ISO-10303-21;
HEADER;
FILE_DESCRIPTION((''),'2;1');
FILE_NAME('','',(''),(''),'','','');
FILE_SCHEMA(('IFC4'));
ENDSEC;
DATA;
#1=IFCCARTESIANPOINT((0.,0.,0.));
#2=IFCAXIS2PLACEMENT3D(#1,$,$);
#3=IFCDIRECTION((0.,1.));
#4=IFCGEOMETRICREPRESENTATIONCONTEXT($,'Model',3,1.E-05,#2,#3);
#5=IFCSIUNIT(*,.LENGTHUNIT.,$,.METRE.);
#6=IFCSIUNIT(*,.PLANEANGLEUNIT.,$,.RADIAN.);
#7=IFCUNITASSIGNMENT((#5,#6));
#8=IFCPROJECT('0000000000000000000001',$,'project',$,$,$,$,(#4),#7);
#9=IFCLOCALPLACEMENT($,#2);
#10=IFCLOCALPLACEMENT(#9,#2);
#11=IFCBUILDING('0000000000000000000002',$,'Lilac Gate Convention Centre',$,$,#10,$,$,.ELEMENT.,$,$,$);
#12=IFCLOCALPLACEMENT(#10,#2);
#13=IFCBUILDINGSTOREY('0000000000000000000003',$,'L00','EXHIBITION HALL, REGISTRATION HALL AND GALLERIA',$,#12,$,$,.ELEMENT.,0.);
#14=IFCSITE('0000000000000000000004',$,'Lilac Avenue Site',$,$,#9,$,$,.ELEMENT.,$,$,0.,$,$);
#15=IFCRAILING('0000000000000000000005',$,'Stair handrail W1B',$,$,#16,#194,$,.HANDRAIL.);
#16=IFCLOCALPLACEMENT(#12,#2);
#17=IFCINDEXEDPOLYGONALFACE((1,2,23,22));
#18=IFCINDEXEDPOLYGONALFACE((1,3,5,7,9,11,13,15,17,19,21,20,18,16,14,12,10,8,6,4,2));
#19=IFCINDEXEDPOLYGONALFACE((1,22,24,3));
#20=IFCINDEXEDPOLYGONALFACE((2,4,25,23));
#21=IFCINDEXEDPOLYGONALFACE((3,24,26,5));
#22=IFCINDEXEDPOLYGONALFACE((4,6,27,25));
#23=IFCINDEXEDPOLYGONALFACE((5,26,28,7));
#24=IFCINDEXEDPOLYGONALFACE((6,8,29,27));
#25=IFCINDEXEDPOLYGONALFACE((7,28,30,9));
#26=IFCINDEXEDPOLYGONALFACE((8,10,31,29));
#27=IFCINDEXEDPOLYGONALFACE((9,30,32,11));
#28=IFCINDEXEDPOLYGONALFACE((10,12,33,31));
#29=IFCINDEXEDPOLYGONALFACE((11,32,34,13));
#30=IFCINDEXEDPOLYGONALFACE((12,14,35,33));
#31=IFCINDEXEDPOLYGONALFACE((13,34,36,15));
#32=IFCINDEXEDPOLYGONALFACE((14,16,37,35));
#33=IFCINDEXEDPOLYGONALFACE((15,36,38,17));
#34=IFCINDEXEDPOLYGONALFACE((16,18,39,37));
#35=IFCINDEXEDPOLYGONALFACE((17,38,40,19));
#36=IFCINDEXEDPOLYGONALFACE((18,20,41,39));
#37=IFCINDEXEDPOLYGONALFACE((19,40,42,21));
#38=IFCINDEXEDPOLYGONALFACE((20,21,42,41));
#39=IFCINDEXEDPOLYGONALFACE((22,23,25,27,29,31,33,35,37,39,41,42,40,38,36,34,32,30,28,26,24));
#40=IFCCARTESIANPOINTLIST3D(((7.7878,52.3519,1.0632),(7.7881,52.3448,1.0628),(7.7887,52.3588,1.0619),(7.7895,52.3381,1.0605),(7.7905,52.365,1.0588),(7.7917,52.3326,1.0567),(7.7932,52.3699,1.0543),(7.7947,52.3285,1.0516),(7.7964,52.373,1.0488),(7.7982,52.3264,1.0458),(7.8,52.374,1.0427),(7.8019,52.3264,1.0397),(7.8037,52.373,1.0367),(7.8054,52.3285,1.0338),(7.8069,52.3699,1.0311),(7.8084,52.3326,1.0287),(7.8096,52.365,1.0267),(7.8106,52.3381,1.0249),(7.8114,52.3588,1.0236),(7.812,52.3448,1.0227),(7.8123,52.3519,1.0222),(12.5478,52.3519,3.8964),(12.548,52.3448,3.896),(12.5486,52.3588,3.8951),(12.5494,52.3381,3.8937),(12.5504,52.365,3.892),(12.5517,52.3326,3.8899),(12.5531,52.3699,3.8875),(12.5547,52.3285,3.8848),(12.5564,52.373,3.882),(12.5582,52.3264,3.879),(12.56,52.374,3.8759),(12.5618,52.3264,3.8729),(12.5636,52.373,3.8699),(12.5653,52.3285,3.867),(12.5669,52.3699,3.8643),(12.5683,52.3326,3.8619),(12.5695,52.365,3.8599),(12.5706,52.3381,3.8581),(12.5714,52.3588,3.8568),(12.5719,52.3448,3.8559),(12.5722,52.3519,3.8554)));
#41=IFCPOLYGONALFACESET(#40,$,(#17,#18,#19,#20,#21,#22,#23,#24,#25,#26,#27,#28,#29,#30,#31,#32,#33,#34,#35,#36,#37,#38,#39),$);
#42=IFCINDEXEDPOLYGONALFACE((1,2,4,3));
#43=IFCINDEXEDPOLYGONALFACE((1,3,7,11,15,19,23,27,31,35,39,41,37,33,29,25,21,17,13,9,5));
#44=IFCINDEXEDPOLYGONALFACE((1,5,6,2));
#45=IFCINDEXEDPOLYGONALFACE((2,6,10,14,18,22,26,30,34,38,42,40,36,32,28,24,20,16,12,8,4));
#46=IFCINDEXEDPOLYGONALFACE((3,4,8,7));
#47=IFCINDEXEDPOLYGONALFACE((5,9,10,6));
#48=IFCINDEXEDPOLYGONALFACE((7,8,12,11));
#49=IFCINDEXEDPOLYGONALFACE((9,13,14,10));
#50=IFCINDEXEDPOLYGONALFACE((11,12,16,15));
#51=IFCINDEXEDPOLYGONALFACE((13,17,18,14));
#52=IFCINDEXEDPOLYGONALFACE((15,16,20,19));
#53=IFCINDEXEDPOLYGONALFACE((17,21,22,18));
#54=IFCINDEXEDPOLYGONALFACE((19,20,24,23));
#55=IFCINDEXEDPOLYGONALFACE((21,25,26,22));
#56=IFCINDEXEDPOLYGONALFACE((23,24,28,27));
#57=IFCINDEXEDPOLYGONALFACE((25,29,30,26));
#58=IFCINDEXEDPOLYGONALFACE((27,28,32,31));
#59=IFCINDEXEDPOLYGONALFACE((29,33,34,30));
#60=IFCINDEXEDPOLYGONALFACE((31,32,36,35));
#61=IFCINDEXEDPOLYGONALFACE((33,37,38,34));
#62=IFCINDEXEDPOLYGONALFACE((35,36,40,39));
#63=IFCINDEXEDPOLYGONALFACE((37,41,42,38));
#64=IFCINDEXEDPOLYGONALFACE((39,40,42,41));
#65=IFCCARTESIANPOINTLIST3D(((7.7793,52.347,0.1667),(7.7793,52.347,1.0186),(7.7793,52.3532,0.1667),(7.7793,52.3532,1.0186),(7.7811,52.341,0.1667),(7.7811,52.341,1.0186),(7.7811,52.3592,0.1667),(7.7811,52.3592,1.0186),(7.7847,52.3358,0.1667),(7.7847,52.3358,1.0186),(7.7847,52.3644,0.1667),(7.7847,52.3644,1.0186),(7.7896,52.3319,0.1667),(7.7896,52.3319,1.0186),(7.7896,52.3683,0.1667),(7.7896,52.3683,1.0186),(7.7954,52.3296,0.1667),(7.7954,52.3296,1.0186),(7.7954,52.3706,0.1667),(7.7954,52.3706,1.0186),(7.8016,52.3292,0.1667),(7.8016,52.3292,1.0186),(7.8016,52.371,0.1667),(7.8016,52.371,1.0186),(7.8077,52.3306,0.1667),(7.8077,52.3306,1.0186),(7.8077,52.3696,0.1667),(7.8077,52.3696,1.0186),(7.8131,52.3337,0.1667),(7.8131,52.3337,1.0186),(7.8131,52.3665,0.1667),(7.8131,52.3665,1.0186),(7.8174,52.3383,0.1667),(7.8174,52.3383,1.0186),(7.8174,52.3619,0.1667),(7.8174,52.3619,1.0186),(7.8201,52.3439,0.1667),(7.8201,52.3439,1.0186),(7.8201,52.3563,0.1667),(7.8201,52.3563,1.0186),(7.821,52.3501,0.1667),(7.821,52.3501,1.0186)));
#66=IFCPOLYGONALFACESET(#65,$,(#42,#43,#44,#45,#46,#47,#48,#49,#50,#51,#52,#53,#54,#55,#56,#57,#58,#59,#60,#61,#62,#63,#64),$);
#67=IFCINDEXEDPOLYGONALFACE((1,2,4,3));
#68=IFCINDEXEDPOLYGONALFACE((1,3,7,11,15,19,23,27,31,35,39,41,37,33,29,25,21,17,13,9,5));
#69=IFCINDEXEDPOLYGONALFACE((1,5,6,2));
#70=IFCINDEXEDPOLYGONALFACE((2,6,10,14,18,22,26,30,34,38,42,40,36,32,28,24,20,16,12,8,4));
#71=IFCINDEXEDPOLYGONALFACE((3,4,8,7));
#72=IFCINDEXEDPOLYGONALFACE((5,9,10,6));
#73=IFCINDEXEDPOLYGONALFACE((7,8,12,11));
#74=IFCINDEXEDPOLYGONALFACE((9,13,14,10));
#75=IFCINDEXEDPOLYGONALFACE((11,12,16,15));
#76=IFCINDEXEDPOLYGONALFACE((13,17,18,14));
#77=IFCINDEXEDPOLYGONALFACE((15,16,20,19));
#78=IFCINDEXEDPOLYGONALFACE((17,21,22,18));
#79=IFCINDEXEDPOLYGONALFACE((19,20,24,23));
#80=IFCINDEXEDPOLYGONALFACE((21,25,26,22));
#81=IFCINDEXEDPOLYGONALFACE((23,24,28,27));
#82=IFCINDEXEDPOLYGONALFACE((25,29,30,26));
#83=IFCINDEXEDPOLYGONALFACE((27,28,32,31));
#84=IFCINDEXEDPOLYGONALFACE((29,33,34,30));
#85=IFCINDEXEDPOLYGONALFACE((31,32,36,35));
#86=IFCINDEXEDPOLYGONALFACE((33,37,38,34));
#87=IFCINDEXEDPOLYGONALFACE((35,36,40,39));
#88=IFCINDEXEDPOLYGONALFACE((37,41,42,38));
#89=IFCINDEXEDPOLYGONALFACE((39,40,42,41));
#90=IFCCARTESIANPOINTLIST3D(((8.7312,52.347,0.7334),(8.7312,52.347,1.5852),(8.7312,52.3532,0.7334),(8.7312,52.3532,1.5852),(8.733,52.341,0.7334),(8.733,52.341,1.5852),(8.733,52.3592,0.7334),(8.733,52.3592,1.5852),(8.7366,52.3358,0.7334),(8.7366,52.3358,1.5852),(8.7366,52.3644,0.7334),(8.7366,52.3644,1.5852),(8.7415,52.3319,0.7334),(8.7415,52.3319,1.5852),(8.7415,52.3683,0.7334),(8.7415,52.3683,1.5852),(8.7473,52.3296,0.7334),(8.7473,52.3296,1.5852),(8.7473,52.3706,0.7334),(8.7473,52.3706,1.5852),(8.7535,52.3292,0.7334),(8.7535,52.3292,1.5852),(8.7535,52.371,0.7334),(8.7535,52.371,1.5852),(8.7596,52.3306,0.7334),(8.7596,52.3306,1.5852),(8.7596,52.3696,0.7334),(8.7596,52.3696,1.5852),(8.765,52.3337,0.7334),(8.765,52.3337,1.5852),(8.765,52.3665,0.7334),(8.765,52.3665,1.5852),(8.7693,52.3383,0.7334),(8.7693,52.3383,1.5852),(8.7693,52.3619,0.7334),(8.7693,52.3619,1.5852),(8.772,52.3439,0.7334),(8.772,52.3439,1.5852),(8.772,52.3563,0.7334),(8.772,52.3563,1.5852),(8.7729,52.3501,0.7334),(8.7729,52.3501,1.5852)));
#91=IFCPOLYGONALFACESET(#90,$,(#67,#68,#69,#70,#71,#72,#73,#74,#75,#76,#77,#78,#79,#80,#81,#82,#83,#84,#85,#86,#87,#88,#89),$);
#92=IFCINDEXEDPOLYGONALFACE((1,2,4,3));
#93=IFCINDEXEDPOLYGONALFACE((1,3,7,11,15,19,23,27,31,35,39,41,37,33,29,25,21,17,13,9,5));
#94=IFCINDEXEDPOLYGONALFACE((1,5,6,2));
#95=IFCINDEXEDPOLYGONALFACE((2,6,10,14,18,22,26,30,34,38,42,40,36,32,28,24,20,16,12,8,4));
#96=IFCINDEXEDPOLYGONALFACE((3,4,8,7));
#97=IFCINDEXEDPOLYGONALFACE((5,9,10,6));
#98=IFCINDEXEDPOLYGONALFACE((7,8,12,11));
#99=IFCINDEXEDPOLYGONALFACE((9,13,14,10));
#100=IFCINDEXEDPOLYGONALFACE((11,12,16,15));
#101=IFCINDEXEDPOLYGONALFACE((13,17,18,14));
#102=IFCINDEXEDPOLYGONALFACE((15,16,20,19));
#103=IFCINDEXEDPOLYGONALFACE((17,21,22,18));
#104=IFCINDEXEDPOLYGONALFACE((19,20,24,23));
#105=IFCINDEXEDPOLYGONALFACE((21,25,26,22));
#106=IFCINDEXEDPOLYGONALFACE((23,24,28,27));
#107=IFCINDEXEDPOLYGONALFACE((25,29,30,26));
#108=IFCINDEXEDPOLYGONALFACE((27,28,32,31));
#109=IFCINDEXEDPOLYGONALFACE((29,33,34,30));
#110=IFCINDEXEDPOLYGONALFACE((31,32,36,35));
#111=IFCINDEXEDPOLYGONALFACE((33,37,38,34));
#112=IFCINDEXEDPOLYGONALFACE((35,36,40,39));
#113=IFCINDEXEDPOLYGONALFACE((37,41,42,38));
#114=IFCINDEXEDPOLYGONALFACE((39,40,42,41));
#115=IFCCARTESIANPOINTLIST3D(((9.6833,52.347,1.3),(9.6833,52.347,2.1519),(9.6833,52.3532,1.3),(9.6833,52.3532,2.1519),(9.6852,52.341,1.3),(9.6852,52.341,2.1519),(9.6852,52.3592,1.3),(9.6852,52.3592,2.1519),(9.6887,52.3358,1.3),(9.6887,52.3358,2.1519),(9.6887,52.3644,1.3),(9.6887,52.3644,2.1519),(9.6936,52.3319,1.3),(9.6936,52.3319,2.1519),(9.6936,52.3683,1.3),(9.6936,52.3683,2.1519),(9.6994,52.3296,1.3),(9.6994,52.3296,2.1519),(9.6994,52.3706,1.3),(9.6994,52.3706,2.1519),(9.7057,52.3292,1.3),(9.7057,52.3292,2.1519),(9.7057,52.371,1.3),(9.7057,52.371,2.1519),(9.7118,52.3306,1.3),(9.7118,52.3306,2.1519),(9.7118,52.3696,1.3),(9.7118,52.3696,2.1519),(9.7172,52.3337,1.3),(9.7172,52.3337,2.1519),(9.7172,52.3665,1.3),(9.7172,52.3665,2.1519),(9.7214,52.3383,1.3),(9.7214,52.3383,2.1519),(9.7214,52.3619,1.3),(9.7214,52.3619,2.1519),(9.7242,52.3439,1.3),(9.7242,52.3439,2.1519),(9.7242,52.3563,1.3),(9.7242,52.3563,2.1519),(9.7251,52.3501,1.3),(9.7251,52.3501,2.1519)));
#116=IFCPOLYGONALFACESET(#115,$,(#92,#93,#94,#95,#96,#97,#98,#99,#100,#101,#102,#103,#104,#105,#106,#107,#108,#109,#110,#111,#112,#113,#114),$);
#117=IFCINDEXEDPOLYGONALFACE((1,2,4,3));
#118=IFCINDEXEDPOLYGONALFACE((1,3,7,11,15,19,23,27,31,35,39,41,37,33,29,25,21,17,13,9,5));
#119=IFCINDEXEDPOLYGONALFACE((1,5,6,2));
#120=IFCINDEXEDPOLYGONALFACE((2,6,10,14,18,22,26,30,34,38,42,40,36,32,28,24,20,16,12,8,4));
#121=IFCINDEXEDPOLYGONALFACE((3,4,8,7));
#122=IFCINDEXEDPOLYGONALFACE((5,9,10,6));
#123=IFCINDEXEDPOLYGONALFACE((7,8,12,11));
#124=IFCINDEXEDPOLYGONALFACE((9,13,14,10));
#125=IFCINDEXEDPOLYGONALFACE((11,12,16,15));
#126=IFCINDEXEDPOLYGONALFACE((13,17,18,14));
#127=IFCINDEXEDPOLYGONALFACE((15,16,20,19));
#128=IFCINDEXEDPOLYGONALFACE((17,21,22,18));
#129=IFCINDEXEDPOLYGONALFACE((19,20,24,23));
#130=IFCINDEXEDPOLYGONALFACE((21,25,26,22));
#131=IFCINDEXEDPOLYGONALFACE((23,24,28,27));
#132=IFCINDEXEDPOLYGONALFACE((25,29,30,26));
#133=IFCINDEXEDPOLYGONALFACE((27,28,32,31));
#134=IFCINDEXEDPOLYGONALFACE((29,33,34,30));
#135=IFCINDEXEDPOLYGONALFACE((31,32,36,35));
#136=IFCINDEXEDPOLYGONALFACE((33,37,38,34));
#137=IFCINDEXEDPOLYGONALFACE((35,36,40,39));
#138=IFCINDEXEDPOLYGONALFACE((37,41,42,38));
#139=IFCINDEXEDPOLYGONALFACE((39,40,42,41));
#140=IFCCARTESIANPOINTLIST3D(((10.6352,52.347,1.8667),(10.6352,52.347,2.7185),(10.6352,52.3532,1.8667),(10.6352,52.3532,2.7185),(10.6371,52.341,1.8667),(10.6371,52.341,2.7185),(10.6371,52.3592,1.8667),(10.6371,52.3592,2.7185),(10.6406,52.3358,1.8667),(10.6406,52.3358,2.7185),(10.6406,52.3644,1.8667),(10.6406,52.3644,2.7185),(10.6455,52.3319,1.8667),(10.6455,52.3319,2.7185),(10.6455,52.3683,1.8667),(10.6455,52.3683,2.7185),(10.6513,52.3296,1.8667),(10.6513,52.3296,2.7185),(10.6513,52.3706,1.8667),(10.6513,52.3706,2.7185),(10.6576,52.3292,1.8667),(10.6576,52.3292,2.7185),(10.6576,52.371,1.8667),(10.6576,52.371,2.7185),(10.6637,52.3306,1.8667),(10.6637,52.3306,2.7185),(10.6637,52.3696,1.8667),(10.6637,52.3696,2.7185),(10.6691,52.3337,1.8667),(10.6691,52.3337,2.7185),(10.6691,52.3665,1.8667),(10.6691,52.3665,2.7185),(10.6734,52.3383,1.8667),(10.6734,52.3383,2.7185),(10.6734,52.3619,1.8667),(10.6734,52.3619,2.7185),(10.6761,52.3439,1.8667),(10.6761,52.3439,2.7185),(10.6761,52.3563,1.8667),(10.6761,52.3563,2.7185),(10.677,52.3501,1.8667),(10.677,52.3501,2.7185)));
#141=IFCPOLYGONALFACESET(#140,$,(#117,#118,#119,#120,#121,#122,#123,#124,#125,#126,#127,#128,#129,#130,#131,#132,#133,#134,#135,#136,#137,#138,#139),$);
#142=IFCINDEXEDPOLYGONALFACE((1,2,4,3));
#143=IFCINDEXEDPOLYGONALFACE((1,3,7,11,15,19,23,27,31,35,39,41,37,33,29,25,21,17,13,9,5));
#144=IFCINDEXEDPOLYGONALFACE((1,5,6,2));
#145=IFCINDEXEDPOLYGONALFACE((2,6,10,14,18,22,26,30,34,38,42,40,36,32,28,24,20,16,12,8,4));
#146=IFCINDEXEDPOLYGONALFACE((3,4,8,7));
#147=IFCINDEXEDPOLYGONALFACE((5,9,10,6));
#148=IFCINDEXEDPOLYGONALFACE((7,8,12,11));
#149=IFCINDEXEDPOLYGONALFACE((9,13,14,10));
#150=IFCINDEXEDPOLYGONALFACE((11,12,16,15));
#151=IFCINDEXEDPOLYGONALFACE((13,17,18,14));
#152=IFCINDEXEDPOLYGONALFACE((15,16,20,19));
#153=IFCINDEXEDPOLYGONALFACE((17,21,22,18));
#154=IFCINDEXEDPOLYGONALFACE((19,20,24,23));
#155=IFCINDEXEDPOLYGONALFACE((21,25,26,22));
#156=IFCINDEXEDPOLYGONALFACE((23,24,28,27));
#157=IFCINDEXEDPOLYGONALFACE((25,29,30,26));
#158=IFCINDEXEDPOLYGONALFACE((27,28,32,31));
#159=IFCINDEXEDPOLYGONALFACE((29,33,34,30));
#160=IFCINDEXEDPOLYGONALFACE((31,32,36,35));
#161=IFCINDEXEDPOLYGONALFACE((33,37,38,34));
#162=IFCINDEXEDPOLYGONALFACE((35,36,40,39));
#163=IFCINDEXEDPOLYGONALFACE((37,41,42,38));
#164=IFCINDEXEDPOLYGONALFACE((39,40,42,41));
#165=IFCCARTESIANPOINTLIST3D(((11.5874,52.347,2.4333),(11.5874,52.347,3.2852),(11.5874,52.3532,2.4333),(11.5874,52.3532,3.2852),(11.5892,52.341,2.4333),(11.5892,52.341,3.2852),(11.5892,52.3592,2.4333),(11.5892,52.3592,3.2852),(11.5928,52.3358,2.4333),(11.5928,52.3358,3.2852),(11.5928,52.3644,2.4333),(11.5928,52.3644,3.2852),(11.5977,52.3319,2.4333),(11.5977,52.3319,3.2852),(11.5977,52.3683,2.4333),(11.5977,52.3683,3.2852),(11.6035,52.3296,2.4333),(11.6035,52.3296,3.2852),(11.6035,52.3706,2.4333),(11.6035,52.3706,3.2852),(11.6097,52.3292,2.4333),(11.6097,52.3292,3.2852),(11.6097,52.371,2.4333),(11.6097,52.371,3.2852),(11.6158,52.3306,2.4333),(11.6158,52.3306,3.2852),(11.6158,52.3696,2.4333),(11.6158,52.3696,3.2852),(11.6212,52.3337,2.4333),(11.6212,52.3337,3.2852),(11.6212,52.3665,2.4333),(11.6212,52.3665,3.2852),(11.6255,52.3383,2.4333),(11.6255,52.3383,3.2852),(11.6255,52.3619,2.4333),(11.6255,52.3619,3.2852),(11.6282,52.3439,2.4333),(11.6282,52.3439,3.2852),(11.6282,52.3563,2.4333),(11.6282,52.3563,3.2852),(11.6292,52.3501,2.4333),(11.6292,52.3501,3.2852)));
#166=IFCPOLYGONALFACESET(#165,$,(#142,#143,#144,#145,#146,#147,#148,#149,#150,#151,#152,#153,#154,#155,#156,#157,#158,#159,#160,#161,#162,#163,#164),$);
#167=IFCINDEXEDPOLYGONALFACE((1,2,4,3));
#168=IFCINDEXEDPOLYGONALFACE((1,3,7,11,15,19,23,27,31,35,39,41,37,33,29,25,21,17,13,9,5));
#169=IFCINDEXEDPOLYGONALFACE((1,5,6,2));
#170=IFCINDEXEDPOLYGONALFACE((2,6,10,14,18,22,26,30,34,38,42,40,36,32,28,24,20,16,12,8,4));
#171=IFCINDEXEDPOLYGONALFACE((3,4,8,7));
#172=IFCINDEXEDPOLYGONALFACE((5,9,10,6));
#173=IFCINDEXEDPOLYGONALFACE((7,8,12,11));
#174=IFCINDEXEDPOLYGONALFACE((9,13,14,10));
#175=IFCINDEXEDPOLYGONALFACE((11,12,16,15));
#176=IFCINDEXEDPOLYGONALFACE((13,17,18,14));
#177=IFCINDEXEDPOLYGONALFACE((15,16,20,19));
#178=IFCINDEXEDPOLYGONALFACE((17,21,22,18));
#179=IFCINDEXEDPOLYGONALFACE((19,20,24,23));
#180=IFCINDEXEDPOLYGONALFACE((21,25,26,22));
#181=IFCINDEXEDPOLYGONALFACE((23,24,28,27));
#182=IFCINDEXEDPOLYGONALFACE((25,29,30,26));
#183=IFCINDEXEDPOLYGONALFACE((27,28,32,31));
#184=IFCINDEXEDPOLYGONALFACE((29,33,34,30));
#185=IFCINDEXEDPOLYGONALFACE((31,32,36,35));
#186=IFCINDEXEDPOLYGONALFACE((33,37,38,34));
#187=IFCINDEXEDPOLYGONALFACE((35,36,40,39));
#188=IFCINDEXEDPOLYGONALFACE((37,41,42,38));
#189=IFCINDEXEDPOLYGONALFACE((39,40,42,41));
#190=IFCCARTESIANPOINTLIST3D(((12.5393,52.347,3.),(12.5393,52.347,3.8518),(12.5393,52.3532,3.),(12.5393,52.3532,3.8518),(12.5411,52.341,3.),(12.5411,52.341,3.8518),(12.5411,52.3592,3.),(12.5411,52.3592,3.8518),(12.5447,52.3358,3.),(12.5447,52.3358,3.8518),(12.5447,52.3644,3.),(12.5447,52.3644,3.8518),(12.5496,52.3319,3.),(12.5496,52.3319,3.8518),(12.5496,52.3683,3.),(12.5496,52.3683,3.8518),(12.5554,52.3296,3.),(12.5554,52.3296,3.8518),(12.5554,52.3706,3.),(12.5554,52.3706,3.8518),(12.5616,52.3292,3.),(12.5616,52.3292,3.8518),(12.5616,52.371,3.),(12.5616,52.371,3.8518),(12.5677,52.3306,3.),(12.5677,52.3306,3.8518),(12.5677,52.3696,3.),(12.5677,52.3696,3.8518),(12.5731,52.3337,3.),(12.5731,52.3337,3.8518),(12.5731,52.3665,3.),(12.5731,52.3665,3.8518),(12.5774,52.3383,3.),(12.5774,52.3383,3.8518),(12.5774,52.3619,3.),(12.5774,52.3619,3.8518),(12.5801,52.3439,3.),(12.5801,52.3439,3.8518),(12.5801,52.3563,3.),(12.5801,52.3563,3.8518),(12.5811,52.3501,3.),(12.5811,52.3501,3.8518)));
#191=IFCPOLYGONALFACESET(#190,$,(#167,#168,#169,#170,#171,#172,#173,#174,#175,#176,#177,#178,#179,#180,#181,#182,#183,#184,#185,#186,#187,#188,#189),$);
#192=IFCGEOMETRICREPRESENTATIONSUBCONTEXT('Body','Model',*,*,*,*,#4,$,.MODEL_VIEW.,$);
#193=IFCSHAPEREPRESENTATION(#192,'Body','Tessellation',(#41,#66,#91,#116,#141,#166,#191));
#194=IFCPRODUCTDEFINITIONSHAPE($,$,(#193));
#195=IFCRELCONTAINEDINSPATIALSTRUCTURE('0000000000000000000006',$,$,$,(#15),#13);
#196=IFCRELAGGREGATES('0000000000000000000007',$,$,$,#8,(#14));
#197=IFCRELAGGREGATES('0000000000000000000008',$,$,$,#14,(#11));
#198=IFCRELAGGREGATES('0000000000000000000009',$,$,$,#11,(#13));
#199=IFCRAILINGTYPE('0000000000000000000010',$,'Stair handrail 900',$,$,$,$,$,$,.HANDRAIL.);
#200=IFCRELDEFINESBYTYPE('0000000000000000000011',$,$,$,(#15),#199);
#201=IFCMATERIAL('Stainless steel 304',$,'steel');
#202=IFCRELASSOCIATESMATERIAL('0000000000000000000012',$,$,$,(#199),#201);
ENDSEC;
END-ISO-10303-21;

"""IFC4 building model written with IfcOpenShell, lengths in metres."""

from ifc_helpers import new_model, si_unit, direction, frame, origin, origin_2d, place, context, subcontext, project, spatial, circle, extrude, material, type_object, element, save


model = new_model("IFC4")

# Units and contexts
model_context = context("Model", 3, precision=1e-05, world=origin(), true_north=direction((0.0, 1.0)))
body_context = subcontext(model_context, "Body", "Model", "MODEL_VIEW")
ifc_project = project(units=[si_unit("LENGTHUNIT", "METRE"), si_unit("PLANEANGLEUNIT", "RADIAN")], contexts=[model_context])

# Site, building, storey
site_placement = place(None, origin())
site = spatial("IfcSite", under=ifc_project, at=site_placement, Name="Lilac Avenue Site", CompositionType="ELEMENT", RefElevation=0.0)
building_placement = place(site_placement, origin())
building = spatial("IfcBuilding", under=site, at=building_placement, Name="Lilac Gate Convention Centre", CompositionType="ELEMENT")
storey_placement = place(building_placement, origin())
storey = spatial("IfcBuildingStorey", under=building, at=storey_placement, Name="L00", Description="EXHIBITION HALL, REGISTRATION HALL AND GALLERIA", CompositionType="ELEMENT", Elevation=0.0)

# Railing
ifc_material_1 = material(Name="Stainless steel 304", Category="steel")
railing_type_1 = type_object("IfcRailingType", Name="Stair handrail 900", PredefinedType="HANDRAIL", material=ifc_material_1)
for number, where, name in (
    (1, (7.8, 52.3501, 0.1667), "Stair handrail W1B"),
):
    element("IfcRailing", number, at=place(storey_placement, frame(where)), inside=storey, type_object=railing_type_1, Name=name, PredefinedType="HANDRAIL", context=body_context, shape_type="SweptSolid", body=[
        extrude(circle(Radius=0.0239, at=origin_2d()), frame((0.0, 0.0, 0.876), z_axis=(0.8593, 0.0, 0.511472), x_axis=(0.0, 1.0, 0.0)), (0.0, 0.0, 1.0), 5.5393),
        extrude(circle(Radius=0.021, at=origin_2d()), origin(), (0.0, 0.0, 1.0), 0.8518),
        extrude(circle(Radius=0.021, at=origin_2d()), frame((0.9519, 0.0, 0.5667)), (0.0, 0.0, 1.0), 0.8518),
        extrude(circle(Radius=0.021, at=origin_2d()), frame((1.9041, 0.0, 1.1333)), (0.0, 0.0, 1.0), 0.8518),
        extrude(circle(Radius=0.021, at=origin_2d()), frame((2.856, 0.0, 1.7)), (0.0, 0.0, 1.0), 0.8518),
        extrude(circle(Radius=0.021, at=origin_2d()), frame((3.8081, 0.0, 2.2666)), (0.0, 0.0, 1.0), 0.8518),
        extrude(circle(Radius=0.021, at=origin_2d()), frame((4.76, 0.0, 2.8333)), (0.0, 0.0, 1.0), 0.8518),
    ])

save(model, "model.ifc")
